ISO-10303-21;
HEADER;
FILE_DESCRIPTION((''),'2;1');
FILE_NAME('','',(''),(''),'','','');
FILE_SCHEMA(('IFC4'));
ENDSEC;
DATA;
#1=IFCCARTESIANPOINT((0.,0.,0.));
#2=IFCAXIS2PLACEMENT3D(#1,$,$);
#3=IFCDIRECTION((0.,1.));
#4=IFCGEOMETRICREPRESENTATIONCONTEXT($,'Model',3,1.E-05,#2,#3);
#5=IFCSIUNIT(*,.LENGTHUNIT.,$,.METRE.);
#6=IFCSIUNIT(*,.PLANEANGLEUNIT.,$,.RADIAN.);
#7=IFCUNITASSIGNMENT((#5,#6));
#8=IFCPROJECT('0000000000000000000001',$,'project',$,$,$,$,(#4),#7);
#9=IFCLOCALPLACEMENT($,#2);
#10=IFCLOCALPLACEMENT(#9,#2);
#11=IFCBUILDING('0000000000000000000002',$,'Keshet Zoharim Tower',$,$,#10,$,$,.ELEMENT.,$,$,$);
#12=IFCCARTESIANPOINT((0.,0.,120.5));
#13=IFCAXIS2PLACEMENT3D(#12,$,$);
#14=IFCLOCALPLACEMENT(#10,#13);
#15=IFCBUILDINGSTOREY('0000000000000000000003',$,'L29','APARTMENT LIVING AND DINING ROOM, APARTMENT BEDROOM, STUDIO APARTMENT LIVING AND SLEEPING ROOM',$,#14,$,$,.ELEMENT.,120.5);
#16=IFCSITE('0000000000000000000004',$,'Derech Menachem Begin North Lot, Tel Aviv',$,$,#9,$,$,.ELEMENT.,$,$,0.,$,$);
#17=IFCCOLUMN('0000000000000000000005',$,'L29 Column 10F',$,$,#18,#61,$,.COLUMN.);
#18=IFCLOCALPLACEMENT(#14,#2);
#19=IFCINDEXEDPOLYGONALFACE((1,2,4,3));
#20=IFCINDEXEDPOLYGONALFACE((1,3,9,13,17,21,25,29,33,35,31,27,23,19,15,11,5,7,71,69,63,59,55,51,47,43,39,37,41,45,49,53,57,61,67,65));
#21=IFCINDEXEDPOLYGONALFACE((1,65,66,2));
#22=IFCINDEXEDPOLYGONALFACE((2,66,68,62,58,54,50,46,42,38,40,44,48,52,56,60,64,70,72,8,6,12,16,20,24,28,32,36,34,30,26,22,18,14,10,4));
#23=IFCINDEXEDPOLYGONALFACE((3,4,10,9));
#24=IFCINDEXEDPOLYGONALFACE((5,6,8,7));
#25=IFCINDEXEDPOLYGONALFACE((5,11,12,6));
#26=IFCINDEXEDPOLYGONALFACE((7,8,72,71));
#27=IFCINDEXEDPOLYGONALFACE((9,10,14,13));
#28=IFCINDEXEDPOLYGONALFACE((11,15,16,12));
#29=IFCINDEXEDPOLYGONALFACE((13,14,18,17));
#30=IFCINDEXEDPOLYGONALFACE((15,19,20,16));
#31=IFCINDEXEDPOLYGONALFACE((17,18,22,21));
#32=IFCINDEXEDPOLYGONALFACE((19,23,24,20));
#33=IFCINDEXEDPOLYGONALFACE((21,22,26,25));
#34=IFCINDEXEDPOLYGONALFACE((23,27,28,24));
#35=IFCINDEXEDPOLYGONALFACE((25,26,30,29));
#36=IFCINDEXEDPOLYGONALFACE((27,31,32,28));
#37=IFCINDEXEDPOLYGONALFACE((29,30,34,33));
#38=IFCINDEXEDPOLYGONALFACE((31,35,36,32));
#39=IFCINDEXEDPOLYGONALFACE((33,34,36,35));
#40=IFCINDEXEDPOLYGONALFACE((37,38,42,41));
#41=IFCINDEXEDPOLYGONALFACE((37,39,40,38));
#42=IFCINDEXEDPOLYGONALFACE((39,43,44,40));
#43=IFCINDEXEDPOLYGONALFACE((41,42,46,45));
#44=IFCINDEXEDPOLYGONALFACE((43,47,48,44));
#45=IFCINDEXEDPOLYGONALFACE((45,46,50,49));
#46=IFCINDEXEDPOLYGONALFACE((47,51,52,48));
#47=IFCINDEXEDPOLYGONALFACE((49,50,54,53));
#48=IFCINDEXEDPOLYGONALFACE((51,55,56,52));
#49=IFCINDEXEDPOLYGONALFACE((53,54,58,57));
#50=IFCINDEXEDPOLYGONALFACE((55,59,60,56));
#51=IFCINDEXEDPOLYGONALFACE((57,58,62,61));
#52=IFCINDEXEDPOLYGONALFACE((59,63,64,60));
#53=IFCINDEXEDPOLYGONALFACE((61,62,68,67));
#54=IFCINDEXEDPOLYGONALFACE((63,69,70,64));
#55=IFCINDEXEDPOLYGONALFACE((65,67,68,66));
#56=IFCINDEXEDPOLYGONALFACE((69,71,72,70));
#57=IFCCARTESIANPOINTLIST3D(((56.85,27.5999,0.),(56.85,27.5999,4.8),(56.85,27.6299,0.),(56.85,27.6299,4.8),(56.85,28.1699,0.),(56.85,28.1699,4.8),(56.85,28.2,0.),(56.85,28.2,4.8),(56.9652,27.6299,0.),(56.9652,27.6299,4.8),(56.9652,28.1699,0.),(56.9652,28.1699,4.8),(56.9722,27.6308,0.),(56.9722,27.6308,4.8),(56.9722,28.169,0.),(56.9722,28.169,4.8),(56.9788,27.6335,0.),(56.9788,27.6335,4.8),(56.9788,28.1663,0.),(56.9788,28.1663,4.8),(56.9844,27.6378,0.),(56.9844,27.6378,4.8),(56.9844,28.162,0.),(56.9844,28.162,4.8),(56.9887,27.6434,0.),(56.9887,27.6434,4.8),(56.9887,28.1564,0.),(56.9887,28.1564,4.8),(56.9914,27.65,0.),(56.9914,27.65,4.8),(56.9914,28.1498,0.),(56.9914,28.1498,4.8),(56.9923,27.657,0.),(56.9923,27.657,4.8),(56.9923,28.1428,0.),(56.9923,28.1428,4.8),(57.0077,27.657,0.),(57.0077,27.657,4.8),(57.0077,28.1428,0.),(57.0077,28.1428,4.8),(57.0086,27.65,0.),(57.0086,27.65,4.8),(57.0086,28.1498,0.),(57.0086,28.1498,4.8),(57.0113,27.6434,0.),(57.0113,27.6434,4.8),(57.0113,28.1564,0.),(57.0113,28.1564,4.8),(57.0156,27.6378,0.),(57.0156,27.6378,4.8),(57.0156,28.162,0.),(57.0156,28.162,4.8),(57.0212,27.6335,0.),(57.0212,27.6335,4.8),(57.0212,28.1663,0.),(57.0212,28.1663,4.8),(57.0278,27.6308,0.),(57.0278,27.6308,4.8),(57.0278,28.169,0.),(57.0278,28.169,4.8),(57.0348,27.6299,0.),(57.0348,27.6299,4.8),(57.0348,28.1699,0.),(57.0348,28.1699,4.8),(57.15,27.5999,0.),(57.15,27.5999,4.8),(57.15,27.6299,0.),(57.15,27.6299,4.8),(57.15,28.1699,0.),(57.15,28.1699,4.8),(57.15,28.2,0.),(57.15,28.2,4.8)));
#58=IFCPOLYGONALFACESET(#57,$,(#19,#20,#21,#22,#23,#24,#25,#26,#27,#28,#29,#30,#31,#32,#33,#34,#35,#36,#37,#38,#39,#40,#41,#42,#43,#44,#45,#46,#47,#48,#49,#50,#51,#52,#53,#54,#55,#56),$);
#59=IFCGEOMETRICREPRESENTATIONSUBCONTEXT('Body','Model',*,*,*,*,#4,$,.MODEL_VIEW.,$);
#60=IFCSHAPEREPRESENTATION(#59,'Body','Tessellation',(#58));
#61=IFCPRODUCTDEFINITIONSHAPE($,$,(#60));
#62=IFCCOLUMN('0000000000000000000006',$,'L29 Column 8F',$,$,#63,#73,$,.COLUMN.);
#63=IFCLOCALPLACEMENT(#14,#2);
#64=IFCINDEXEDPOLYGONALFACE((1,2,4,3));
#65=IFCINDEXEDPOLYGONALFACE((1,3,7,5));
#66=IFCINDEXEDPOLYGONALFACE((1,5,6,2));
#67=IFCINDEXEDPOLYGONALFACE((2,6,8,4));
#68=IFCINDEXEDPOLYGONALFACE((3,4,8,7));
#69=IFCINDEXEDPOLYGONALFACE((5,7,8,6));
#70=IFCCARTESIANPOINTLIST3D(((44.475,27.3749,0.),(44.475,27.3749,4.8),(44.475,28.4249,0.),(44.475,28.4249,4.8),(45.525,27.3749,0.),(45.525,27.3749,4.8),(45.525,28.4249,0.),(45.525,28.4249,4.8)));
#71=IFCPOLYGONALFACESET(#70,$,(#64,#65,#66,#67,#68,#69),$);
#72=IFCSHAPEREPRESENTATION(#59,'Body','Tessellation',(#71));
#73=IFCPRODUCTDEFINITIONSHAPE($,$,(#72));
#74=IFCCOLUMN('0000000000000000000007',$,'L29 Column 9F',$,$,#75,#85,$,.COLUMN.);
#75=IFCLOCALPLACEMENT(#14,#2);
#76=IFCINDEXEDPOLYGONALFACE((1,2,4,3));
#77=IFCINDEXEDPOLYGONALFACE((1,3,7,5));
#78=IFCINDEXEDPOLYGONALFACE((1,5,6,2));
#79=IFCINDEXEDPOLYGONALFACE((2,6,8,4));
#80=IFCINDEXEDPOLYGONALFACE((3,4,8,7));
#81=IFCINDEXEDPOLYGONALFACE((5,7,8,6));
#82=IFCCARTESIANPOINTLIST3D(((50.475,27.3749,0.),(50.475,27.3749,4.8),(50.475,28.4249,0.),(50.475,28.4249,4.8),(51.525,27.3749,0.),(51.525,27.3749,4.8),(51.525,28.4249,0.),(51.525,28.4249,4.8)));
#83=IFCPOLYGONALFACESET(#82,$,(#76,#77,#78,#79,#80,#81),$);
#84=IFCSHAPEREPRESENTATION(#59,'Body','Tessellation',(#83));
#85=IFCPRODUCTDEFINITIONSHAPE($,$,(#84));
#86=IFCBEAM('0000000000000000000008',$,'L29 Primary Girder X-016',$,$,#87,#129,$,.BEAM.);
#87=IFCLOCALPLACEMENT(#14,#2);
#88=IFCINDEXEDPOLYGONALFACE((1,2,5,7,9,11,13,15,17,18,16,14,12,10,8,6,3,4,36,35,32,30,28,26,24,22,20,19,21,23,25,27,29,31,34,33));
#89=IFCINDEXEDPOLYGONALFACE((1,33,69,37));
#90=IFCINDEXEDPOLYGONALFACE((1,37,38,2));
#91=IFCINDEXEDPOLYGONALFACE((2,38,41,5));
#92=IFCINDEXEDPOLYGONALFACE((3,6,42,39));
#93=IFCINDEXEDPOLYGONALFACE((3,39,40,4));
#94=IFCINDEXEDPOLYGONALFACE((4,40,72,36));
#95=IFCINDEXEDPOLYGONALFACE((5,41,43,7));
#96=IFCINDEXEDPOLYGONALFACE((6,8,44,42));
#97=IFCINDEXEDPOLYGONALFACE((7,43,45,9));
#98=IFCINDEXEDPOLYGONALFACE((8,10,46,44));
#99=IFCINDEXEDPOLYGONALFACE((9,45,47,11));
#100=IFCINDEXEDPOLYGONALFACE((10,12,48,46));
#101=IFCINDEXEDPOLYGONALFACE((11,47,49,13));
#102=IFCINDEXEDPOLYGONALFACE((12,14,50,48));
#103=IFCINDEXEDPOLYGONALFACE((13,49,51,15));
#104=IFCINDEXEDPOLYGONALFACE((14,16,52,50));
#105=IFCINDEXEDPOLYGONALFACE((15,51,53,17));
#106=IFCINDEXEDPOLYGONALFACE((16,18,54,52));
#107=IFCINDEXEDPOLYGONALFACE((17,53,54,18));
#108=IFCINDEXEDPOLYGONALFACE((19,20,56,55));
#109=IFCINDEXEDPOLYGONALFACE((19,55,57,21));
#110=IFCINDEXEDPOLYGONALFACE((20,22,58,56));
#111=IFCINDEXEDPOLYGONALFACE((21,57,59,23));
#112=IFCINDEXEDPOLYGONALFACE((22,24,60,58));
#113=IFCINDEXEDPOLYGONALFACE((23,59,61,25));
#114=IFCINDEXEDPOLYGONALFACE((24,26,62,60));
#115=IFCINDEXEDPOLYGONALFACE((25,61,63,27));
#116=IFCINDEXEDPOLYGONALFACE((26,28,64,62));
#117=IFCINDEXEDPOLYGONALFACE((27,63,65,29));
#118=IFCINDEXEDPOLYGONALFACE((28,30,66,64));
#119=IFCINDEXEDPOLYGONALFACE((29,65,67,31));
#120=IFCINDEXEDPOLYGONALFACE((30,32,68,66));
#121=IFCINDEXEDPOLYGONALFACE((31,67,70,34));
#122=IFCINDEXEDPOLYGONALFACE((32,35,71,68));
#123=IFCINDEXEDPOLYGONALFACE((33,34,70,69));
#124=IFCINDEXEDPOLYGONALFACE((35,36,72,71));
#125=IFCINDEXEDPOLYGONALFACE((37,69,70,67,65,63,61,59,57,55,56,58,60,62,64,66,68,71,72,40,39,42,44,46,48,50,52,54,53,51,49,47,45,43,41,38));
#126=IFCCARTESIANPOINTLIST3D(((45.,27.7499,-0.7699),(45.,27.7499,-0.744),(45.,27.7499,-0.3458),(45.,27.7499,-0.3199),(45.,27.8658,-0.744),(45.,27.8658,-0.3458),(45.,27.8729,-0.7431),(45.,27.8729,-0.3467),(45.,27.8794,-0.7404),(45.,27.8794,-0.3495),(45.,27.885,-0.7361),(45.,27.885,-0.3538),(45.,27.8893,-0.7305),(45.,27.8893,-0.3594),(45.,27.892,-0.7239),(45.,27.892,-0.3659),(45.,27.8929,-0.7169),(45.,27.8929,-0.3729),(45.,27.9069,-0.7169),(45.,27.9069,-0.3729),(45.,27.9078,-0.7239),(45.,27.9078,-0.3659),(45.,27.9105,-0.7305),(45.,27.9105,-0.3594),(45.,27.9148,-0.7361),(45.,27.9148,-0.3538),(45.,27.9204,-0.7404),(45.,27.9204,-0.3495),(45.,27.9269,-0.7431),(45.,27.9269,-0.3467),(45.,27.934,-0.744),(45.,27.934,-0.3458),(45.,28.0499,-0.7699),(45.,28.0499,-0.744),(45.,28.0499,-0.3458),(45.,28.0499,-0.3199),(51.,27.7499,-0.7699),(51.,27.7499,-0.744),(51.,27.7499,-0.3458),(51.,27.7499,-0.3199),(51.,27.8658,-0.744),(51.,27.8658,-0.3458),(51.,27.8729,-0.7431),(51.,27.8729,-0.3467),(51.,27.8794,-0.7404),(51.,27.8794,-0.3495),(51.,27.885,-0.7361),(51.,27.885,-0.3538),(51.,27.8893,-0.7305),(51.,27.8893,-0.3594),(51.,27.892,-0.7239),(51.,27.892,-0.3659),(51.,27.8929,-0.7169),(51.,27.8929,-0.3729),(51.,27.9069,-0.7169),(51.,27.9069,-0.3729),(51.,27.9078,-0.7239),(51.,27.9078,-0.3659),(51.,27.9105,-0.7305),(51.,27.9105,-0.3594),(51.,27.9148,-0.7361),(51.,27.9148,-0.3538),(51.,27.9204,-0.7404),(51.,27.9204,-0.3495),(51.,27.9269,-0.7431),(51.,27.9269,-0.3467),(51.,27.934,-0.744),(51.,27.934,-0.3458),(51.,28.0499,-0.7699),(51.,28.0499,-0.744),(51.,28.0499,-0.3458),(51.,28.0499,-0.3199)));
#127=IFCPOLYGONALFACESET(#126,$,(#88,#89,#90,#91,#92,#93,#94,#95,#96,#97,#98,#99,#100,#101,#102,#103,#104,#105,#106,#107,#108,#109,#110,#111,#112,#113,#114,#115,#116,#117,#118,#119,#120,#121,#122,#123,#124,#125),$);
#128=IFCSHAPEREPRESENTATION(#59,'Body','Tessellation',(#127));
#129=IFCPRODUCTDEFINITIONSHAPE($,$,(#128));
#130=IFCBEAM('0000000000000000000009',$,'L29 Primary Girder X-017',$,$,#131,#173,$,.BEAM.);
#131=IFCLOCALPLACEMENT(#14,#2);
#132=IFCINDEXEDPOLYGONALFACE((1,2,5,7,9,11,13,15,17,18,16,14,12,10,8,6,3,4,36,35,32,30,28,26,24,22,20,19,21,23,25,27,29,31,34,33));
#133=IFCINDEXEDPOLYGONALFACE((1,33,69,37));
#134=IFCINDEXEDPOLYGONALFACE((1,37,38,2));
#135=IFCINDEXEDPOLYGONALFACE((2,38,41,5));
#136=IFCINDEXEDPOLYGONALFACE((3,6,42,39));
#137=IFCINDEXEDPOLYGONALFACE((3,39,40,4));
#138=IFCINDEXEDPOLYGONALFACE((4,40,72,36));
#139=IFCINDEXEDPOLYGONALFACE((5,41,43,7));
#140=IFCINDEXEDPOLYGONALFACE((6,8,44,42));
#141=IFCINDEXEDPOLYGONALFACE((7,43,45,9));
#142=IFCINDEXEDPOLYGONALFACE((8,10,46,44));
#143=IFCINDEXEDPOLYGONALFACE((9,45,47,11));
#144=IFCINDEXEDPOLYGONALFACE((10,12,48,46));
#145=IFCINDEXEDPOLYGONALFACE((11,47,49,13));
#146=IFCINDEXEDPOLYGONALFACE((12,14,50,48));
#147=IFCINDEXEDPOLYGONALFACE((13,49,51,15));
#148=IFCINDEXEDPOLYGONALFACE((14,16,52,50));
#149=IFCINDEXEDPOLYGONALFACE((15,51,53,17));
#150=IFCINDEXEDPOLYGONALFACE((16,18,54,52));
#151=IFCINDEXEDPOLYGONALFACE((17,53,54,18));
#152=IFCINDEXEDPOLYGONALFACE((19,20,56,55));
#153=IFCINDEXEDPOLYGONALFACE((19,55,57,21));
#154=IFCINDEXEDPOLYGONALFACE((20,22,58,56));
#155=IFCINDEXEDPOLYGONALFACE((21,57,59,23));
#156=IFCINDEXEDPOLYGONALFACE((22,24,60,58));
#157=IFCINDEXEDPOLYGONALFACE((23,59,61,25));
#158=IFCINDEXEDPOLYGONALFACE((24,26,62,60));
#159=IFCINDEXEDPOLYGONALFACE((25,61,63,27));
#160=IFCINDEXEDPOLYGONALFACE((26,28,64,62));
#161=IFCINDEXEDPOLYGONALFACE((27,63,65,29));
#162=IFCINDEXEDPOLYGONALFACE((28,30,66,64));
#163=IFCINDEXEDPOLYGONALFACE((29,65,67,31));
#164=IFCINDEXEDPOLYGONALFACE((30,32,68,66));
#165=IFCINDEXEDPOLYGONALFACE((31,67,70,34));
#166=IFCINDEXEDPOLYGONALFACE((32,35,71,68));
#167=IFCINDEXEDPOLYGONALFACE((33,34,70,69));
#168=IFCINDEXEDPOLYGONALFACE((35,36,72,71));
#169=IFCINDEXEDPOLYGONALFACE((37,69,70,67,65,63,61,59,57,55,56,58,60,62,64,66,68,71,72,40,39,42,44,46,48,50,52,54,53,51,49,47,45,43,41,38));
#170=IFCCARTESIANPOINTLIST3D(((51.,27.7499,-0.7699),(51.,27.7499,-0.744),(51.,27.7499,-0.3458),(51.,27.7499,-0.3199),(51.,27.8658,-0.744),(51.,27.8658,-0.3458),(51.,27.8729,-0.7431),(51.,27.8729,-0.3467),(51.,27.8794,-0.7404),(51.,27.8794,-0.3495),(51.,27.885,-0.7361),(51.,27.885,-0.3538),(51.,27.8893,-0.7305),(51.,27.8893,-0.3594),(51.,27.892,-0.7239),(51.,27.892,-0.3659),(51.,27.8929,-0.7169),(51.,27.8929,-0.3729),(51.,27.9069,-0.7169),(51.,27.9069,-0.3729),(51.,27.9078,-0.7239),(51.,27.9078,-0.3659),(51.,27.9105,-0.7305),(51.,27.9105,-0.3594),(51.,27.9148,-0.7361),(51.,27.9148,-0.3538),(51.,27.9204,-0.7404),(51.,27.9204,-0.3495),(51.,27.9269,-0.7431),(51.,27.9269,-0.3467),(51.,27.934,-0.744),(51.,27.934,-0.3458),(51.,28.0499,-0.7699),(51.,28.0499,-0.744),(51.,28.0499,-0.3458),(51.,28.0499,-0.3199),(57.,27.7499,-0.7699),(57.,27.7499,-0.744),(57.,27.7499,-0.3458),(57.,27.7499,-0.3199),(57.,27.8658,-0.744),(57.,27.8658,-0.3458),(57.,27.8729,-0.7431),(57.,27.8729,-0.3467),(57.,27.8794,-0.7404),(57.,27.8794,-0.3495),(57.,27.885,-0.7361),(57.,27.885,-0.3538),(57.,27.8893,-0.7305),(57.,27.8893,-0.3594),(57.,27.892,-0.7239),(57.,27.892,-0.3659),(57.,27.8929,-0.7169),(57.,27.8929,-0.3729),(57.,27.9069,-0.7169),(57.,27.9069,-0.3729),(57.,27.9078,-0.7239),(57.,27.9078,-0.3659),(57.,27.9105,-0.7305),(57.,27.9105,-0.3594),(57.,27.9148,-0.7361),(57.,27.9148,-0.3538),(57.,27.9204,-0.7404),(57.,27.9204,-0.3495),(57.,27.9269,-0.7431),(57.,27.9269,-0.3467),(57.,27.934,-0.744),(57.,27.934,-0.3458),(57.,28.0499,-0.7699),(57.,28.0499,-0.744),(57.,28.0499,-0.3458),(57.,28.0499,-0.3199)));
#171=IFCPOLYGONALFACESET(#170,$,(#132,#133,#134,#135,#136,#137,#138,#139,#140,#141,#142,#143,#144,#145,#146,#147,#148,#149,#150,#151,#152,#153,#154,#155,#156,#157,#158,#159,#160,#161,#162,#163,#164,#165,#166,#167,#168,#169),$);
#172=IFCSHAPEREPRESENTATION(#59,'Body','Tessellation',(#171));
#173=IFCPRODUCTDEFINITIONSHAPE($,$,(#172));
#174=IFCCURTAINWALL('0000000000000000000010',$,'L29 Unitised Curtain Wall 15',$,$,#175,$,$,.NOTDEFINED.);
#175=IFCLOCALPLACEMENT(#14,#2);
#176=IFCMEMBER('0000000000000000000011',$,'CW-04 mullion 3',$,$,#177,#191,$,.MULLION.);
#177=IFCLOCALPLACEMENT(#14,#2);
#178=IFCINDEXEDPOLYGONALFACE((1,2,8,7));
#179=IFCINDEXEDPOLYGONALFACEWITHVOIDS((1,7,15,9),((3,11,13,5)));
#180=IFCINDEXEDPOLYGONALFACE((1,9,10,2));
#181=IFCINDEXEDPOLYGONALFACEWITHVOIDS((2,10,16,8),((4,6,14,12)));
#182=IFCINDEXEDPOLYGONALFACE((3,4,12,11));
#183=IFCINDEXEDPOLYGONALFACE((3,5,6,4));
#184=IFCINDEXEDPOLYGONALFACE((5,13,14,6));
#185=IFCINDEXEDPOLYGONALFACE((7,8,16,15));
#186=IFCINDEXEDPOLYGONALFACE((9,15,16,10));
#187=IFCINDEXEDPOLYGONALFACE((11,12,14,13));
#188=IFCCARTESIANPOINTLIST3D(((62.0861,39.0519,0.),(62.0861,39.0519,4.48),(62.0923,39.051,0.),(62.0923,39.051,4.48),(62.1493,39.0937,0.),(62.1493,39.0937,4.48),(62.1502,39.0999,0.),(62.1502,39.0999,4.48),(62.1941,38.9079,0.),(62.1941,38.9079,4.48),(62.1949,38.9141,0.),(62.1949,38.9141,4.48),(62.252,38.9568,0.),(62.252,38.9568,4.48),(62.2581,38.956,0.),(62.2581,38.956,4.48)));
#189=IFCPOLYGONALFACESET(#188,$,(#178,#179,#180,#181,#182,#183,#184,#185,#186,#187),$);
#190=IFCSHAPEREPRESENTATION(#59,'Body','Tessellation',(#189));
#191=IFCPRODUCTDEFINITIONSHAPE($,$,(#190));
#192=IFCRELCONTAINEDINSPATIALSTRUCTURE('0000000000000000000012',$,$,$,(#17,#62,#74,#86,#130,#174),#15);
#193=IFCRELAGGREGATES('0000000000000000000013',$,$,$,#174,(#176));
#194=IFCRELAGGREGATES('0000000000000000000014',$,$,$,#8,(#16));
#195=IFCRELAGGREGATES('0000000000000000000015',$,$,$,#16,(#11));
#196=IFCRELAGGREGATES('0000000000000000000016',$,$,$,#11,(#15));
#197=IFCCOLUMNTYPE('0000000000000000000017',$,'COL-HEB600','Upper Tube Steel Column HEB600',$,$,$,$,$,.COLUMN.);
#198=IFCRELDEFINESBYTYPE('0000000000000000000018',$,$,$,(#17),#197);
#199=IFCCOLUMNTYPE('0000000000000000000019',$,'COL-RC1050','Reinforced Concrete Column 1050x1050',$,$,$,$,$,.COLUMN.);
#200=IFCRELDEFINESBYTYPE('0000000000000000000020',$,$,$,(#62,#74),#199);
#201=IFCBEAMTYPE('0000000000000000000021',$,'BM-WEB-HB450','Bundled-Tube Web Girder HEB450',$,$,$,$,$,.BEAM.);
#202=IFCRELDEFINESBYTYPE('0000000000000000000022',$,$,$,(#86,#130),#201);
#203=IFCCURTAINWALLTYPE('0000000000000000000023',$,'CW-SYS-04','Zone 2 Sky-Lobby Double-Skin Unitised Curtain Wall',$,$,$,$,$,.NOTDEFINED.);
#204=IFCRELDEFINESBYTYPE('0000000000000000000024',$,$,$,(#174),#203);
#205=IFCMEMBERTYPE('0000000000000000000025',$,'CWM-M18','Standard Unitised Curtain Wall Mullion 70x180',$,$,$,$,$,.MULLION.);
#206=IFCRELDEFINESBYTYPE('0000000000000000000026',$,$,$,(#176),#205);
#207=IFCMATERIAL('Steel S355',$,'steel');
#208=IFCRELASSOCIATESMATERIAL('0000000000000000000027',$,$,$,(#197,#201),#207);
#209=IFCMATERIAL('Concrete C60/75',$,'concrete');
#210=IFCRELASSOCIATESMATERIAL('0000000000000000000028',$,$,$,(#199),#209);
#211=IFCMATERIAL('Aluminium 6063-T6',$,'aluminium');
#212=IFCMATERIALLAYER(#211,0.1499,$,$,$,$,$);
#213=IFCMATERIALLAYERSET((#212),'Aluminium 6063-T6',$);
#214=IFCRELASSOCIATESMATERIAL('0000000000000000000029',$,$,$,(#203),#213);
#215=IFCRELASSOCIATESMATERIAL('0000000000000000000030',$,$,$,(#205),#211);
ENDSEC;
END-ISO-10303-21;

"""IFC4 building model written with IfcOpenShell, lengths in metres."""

from ifc_helpers import new_model, si_unit, direction, frame, origin, origin_2d, place, context, subcontext, project, spatial, rectangle, hollow_rectangle, i_section, extrude, material, layer, layer_set, material_profile, profile_set, type_object, element, aggregate, save


model = new_model("IFC4")

# Units and contexts
model_context = context("Model", 3, precision=1e-05, world=origin(), true_north=direction((0.0, 1.0)))
body_context = subcontext(model_context, "Body", "Model", "MODEL_VIEW")
ifc_project = project(units=[si_unit("LENGTHUNIT", "METRE"), si_unit("PLANEANGLEUNIT", "RADIAN")], contexts=[model_context])

# Site, building, storey
site_placement = place(None, origin())
site = spatial("IfcSite", under=ifc_project, at=site_placement, Name="Derech Menachem Begin North Lot, Tel Aviv", CompositionType="ELEMENT", RefElevation=0.0)
building_placement = place(site_placement, origin())
building = spatial("IfcBuilding", under=site, at=building_placement, Name="Keshet Zoharim Tower", CompositionType="ELEMENT")
storey_placement = place(building_placement, frame((0.0, 0.0, 120.5)))
storey = spatial("IfcBuildingStorey", under=building, at=storey_placement, Name="L29", Description="APARTMENT LIVING AND DINING ROOM, APARTMENT BEDROOM, STUDIO APARTMENT LIVING AND SLEEPING ROOM", CompositionType="ELEMENT", Elevation=120.5)

# Columns
ifc_material_1 = material(Name="Steel S355", Category="steel")
ifc_material_profile_1 = material_profile(ifc_material_1, i_section(OverallWidth=0.3, OverallDepth=0.6001, WebThickness=0.0154, FlangeThickness=0.03, FilletRadius=0.0271, at=origin_2d()), Name="HEB600")
ifc_profile_set_1 = profile_set([ifc_material_profile_1], Name="Steel S355")
column_type_1 = type_object("IfcColumnType", Name="COL-HEB600", Description="Upper Tube Steel Column HEB600", PredefinedType="COLUMN", material=ifc_profile_set_1)
column_placement = place(storey_placement, frame((57.0, 27.8999, 0.0), z_axis=(0.0, 0.0, 1.0), x_axis=(1.0, 0.0, 0.0)))
element("IfcColumn", 1, at=column_placement, inside=storey, type_object=column_type_1, Name="L29 Column 10F", PredefinedType="COLUMN", context=body_context, shape_type="SweptSolid", body=[
    extrude(i_section(OverallWidth=0.3, OverallDepth=0.6001, WebThickness=0.0154, FlangeThickness=0.03, FilletRadius=0.0271, at=origin_2d()), origin(), (0.0, 0.0, 1.0), 4.8),
])
ifc_material_2 = material(Name="Concrete C60/75", Category="concrete")
ifc_material_profile_2 = material_profile(ifc_material_2, rectangle(XDim=1.05, YDim=1.05, at=origin_2d()), Name="RC1050x1050")
ifc_profile_set_2 = profile_set([ifc_material_profile_2], Name="Concrete C60/75")
column_type_2 = type_object("IfcColumnType", Name="COL-RC1050", Description="Reinforced Concrete Column 1050x1050", PredefinedType="COLUMN", material=ifc_profile_set_2)
for number, where, z_axis, x_axis, name in (
    (2, (45.0, 27.8999, 0.0), (0.0, 0.0, 1.0), (1.0, 0.0, 0.0), "L29 Column 8F"),
    (3, (51.0, 27.8999, 0.0), (0.0, 0.0, 1.0), (1.0, 0.0, 0.0), "L29 Column 9F"),
):
    element("IfcColumn", number, at=place(storey_placement, frame(where, z_axis=z_axis, x_axis=x_axis)), inside=storey, type_object=column_type_2, Name=name, PredefinedType="COLUMN", context=body_context, shape_type="SweptSolid", body=[
        extrude(rectangle(XDim=1.05, YDim=1.05, at=origin_2d()), origin(), (0.0, 0.0, 1.0), 4.8),
    ])

# Beams
ifc_material_profile_3 = material_profile(ifc_material_1, i_section(OverallWidth=0.3, OverallDepth=0.45, WebThickness=0.0139, FlangeThickness=0.0259, FilletRadius=0.0271, at=origin_2d()), Name="HEB450")
ifc_profile_set_3 = profile_set([ifc_material_profile_3], Name="Steel S355")
beam_type = type_object("IfcBeamType", Name="BM-WEB-HB450", Description="Bundled-Tube Web Girder HEB450", PredefinedType="BEAM", material=ifc_profile_set_3)
for number, where, z_axis, x_axis, name in (
    (4, (45.0, 27.8999, -0.5449), (1.0, 0.0, 0.0), (0.0, 1.0, 0.0), "L29 Primary Girder X-016"),
    (5, (51.0, 27.8999, -0.5449), (1.0, 0.0, 0.0), (0.0, 1.0, 0.0), "L29 Primary Girder X-017"),
):
    element("IfcBeam", number, at=place(storey_placement, frame(where, z_axis=z_axis, x_axis=x_axis)), inside=storey, type_object=beam_type, Name=name, PredefinedType="BEAM", context=body_context, shape_type="SweptSolid", body=[
        extrude(i_section(OverallWidth=0.3, OverallDepth=0.45, WebThickness=0.0139, FlangeThickness=0.0259, FilletRadius=0.0271, at=origin_2d()), origin(), (0.0, 0.0, 1.0), 6.0),
    ])

# Curtain wall, member
ifc_material_3 = material(Name="Aluminium 6063-T6", Category="aluminium")
ifc_layer_1 = layer(ifc_material_3, 0.1499)
ifc_layer_set_1 = layer_set([ifc_layer_1], Name="Aluminium 6063-T6")
curtain_wall_type = type_object("IfcCurtainWallType", Name="CW-SYS-04", Description="Zone 2 Sky-Lobby Double-Skin Unitised Curtain Wall", PredefinedType="NOTDEFINED", material=ifc_layer_set_1)
curtain_wall_1_placement = place(storey_placement, origin())
curtain_wall_1 = element("IfcCurtainWall", 6, at=curtain_wall_1_placement, inside=storey, type_object=curtain_wall_type, Name="L29 Unitised Curtain Wall 15", PredefinedType="NOTDEFINED")
ifc_material_profile_4 = material_profile(ifc_material_3, hollow_rectangle(XDim=0.0801, YDim=0.1799, WallThickness=0.0044, at=origin_2d()), Name="MUL-80x180")
ifc_profile_set_4 = profile_set([ifc_material_profile_4], Name="Aluminium 6063-T6")
member_type_1 = type_object("IfcMemberType", Name="CWM-M18", Description="Standard Unitised Curtain Wall Mullion 70x180", PredefinedType="MULLION", material=ifc_profile_set_4)
member_1_placement = place(storey_placement, frame((62.1721, 39.0039, 0.0), z_axis=(0.0, 0.0, 1.0), x_axis=(0.8, 0.6, 0.0)))
member_1 = element("IfcMember", 7, at=member_1_placement, type_object=member_type_1, Name="CW-04 mullion 3", PredefinedType="MULLION", context=body_context, shape_type="SweptSolid", body=[
    extrude(hollow_rectangle(XDim=0.0801, YDim=0.1799, WallThickness=0.0044, at=origin_2d()), origin(), (0.0, 0.0, 1.0), 4.48),
])
aggregate(curtain_wall_1, [member_1])

save(model, "model.ifc")
